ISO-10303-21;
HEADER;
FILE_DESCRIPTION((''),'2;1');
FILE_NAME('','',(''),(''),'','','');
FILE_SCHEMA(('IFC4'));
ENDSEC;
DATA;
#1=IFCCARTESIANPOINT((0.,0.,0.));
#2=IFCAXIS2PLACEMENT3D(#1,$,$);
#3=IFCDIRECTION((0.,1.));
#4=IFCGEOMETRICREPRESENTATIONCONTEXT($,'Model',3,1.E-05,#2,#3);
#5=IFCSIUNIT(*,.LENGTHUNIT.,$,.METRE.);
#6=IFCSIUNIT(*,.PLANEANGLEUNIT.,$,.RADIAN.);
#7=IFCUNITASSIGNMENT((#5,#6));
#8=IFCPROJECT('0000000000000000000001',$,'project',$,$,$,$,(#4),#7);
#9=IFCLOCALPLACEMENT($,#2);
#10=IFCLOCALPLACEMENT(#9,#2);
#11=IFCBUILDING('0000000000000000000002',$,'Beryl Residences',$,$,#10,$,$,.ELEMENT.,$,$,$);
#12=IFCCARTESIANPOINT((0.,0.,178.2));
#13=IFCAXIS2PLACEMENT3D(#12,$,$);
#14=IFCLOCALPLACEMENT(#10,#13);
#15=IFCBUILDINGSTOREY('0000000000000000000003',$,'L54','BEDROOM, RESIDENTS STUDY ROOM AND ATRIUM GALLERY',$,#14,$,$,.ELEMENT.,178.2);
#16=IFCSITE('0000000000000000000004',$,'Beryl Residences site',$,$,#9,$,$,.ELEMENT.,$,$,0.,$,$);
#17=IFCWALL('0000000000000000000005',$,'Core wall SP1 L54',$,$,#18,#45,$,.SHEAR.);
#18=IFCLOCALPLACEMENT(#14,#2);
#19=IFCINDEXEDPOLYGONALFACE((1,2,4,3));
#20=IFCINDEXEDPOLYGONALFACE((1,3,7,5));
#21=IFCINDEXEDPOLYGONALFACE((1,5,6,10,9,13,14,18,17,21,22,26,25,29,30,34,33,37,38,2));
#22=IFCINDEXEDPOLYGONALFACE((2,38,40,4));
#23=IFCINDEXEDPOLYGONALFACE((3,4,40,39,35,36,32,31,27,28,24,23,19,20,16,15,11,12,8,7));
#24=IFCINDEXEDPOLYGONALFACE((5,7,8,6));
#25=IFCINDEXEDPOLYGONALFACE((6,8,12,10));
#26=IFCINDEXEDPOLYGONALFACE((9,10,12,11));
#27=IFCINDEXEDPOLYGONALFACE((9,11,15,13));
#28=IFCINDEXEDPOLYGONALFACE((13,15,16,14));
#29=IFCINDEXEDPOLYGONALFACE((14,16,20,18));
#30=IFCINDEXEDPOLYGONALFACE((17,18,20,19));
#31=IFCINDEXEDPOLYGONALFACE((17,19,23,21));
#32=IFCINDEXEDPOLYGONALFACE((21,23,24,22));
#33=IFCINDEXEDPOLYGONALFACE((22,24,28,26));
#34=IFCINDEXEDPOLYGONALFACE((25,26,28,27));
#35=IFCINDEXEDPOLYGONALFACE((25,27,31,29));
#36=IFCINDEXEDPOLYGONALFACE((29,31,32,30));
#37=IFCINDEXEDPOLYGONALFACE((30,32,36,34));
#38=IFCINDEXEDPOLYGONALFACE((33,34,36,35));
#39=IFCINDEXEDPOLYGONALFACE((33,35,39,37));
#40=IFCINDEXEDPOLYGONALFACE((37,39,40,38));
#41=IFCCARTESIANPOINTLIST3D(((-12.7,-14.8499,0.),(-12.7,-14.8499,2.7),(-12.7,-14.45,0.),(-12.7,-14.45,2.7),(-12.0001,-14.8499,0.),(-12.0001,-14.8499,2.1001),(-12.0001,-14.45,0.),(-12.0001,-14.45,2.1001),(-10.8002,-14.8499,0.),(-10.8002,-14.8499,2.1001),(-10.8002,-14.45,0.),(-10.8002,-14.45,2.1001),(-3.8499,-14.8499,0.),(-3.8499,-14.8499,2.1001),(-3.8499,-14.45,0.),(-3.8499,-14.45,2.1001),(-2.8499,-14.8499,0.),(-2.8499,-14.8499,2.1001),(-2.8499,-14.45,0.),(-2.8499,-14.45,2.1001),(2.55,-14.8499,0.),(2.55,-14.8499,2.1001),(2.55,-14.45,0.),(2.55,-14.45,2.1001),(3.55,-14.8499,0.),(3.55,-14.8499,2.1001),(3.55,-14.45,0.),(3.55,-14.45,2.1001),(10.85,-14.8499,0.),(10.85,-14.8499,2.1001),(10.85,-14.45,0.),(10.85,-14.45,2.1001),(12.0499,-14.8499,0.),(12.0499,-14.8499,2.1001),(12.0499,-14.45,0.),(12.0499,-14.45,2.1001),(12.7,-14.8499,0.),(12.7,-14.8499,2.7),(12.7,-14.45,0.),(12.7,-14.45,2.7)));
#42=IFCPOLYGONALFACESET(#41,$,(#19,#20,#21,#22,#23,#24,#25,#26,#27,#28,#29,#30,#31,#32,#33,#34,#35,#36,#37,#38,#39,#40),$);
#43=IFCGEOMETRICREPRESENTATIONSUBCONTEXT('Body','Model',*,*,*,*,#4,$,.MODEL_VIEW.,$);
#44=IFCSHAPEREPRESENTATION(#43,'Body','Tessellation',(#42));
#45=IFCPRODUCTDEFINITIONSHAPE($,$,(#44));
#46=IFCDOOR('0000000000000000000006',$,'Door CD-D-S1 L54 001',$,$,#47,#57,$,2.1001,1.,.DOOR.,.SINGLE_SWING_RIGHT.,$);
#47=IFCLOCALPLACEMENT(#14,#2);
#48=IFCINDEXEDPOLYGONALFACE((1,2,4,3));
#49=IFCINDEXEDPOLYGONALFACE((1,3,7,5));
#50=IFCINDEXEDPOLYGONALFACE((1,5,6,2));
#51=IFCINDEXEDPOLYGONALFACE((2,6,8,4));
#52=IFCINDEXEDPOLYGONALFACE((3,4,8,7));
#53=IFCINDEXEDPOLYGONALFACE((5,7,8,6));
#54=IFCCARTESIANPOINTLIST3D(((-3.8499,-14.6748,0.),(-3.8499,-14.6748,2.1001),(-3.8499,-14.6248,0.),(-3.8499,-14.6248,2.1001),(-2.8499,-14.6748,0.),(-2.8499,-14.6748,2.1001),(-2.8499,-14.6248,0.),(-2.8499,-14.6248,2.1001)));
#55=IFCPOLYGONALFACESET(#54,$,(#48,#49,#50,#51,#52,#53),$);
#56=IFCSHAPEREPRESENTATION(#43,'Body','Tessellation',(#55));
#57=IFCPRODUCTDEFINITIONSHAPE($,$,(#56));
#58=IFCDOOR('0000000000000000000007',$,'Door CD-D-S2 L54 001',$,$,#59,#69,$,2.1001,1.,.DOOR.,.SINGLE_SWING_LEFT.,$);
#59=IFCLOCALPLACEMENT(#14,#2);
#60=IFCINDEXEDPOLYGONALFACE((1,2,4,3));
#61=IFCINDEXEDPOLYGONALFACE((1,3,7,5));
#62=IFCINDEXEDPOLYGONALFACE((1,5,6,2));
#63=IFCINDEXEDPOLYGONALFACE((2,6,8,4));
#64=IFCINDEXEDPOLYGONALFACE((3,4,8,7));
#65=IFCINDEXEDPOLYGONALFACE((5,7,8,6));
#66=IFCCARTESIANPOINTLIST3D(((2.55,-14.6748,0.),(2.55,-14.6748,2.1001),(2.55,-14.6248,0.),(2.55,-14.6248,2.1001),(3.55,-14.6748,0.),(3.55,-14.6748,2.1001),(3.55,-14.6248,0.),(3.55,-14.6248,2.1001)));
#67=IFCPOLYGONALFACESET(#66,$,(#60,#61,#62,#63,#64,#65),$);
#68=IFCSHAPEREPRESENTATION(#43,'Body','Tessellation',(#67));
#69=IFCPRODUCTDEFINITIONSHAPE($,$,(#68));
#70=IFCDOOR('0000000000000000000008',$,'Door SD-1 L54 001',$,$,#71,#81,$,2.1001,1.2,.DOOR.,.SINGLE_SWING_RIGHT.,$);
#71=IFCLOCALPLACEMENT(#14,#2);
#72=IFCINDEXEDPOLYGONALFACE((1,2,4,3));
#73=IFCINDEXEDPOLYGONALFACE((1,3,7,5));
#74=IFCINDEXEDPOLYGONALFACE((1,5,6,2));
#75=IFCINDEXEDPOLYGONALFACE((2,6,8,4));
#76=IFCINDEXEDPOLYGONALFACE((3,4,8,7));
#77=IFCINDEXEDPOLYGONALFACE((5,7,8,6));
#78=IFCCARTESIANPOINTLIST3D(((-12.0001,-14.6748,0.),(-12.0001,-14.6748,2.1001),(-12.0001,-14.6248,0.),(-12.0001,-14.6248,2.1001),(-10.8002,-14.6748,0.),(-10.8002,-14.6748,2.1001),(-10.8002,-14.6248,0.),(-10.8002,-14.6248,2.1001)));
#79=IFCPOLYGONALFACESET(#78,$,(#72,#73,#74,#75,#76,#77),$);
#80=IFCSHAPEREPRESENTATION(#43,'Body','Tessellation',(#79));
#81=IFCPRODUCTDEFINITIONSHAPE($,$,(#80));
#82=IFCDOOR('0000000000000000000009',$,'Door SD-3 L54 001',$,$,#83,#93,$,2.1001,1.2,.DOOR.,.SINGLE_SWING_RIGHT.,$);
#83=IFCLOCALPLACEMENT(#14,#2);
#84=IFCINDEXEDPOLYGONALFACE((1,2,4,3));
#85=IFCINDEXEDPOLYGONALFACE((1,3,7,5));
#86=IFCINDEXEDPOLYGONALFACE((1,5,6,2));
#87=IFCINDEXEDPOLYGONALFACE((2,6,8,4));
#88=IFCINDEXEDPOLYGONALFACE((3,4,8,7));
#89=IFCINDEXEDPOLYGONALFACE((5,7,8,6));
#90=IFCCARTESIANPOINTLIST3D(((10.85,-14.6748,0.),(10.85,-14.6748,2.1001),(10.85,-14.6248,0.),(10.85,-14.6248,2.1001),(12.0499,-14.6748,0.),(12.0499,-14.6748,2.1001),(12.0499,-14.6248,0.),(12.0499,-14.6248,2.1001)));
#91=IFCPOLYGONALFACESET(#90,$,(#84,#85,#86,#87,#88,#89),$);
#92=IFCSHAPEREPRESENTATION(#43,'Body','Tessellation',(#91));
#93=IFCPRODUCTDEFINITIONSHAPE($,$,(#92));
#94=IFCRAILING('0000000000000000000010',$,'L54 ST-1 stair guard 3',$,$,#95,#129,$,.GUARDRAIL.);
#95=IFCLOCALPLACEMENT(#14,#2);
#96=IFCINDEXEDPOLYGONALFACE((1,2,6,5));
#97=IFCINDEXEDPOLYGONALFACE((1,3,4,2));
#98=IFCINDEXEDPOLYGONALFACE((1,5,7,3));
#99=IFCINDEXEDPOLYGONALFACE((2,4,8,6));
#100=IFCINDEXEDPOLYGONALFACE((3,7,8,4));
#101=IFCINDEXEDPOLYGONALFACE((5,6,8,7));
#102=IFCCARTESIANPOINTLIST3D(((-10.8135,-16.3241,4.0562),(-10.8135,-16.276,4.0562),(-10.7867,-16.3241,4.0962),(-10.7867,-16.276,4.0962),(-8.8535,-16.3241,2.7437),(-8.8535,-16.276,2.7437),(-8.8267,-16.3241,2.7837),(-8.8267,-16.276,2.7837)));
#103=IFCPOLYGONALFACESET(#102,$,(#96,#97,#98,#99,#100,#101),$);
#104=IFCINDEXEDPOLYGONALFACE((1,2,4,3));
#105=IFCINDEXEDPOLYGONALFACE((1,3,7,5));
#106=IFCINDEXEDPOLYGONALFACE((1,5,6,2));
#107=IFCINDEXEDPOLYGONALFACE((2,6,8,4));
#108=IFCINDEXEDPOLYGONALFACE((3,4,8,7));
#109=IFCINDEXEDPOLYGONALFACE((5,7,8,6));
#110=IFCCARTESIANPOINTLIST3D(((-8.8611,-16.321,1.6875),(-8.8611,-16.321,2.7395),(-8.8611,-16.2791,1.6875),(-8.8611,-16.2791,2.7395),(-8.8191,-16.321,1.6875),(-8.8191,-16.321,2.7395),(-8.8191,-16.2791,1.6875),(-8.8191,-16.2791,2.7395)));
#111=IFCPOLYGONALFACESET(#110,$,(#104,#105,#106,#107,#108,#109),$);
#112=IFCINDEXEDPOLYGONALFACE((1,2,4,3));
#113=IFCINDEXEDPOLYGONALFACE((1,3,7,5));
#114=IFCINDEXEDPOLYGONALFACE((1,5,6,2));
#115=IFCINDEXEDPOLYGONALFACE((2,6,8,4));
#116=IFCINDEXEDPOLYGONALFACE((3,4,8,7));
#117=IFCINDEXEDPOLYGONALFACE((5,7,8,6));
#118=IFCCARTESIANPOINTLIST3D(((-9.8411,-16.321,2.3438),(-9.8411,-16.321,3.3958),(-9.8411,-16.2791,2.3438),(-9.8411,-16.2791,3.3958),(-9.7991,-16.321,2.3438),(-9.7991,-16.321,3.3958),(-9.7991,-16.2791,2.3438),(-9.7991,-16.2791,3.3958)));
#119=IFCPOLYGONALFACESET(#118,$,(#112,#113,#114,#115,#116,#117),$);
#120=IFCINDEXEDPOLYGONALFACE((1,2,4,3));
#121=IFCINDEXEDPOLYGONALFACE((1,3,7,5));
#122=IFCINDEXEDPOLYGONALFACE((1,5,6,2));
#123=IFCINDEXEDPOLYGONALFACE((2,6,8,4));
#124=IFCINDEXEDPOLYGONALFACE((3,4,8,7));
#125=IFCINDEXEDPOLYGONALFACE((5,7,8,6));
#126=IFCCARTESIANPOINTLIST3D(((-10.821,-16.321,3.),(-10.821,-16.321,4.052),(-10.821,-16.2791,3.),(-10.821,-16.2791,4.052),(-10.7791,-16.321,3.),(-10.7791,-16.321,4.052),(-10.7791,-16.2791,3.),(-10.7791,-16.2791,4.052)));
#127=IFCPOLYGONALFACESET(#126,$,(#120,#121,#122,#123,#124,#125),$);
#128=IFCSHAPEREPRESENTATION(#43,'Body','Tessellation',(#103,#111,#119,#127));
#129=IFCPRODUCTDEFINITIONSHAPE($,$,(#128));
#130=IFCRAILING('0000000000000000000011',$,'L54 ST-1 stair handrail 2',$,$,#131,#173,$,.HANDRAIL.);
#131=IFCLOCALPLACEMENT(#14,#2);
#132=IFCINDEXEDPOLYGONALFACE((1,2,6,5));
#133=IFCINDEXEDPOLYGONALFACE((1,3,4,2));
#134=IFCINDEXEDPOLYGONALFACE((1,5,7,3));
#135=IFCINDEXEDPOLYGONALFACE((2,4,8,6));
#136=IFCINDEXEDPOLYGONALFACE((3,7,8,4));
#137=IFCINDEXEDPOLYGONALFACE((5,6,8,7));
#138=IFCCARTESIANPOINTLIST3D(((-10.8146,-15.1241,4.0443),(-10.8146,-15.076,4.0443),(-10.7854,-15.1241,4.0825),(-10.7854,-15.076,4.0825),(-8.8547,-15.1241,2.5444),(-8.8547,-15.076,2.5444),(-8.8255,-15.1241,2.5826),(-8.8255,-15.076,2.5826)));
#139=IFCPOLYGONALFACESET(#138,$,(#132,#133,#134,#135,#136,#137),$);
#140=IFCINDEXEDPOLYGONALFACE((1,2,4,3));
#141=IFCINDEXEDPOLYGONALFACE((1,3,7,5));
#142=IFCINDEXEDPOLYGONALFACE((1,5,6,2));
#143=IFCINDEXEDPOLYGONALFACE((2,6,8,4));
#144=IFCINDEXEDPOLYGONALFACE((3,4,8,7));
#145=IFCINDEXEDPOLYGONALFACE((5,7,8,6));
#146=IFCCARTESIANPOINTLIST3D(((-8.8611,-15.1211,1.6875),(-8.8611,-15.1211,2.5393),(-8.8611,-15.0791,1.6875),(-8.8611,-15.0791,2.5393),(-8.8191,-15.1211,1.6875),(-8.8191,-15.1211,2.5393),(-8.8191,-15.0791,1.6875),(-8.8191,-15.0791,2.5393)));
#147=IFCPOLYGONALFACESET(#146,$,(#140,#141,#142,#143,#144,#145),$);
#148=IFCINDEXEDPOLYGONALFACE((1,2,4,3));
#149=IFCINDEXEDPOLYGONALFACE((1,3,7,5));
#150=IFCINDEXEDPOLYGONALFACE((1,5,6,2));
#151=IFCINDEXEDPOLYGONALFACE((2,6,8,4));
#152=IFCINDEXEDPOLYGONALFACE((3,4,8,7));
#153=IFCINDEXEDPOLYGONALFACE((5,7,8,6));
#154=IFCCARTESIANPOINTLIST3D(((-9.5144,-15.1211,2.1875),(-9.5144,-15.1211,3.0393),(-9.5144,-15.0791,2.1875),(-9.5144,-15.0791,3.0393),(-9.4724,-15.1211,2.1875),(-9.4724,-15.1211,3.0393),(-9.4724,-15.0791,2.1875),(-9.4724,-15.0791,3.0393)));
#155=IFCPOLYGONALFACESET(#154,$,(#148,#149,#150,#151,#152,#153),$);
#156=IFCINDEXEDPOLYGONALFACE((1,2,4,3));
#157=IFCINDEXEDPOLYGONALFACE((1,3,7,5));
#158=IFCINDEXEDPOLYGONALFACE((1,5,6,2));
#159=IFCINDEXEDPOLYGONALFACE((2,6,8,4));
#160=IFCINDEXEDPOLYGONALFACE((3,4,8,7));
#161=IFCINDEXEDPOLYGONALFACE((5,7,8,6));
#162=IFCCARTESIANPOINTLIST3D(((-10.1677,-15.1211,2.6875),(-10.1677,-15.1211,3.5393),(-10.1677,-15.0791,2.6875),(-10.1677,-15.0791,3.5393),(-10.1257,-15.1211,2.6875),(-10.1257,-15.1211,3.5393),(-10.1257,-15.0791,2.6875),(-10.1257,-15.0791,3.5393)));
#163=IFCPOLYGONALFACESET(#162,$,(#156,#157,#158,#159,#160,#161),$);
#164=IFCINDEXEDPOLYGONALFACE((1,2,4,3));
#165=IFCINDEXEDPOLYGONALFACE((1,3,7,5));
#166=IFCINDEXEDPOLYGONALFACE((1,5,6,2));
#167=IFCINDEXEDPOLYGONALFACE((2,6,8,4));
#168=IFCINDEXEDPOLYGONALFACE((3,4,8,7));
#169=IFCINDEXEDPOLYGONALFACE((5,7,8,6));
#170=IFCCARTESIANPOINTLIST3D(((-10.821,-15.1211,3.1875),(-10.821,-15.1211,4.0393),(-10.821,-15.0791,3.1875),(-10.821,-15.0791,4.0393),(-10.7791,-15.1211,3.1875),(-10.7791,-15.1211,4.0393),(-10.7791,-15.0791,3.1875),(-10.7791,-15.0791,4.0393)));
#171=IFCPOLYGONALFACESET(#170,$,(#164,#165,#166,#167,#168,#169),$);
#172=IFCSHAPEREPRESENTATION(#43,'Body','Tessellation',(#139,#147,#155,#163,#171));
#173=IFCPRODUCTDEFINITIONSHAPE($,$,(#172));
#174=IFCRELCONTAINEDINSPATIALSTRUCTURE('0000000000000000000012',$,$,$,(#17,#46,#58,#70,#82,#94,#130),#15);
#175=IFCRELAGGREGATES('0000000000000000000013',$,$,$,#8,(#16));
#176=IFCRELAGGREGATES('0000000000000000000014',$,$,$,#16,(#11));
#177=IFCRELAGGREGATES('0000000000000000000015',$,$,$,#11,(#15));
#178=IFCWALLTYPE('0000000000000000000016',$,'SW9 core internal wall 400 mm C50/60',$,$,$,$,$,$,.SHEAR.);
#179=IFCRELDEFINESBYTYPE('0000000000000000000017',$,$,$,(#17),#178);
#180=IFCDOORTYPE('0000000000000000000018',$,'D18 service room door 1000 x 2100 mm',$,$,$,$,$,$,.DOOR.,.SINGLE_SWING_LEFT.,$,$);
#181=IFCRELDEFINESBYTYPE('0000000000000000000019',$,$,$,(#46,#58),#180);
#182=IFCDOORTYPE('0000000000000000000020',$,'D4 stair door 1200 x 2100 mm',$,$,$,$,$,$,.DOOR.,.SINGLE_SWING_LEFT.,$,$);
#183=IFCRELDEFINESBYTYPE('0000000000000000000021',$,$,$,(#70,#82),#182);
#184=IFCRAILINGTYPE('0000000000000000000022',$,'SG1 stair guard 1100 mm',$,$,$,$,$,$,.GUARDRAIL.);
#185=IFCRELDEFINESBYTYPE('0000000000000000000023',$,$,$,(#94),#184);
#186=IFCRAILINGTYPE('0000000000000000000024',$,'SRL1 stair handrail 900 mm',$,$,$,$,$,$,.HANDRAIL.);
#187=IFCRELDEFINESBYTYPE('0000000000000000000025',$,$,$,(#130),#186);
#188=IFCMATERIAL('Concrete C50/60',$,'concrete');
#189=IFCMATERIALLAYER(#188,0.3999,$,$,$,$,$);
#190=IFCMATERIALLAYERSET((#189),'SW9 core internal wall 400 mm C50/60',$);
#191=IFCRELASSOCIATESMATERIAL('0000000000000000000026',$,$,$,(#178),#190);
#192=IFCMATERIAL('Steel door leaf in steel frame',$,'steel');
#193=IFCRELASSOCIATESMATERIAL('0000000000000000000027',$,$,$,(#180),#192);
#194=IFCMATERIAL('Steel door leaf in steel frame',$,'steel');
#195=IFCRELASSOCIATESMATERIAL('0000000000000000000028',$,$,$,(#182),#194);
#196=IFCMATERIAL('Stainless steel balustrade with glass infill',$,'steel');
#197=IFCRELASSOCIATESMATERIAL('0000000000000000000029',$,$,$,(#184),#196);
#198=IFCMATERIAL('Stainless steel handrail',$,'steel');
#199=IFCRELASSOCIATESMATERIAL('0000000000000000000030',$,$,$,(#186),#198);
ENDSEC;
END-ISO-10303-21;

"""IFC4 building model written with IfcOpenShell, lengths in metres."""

from ifc_helpers import new_model, si_unit, direction, frame, frame_2d, origin, origin_2d, place, context, subcontext, project, spatial, rectangle, extrude, material, layer, layer_set, type_object, element, fill, save


model = new_model("IFC4")

# Units and contexts
model_context = context("Model", 3, precision=1e-05, world=origin(), true_north=direction((0.0, 1.0)))
body_context = subcontext(model_context, "Body", "Model", "MODEL_VIEW")
ifc_project = project(units=[si_unit("LENGTHUNIT", "METRE"), si_unit("PLANEANGLEUNIT", "RADIAN")], contexts=[model_context])

# Site, building, storey
site_placement = place(None, origin())
site = spatial("IfcSite", under=ifc_project, at=site_placement, Name="Beryl Residences site", CompositionType="ELEMENT", RefElevation=0.0)
building_placement = place(site_placement, origin())
building = spatial("IfcBuilding", under=site, at=building_placement, Name="Beryl Residences", CompositionType="ELEMENT")
storey_placement = place(building_placement, frame((0.0, 0.0, 178.2)))
storey = spatial("IfcBuildingStorey", under=building, at=storey_placement, Name="L54", Description="BEDROOM, RESIDENTS STUDY ROOM AND ATRIUM GALLERY", CompositionType="ELEMENT", Elevation=178.2)

# Wall, openings, doors
ifc_material_1 = material(Name="Concrete C50/60", Category="concrete")
ifc_layer_1 = layer(ifc_material_1, 0.3999)
ifc_layer_set_1 = layer_set([ifc_layer_1], Name="SW9 core internal wall 400 mm C50/60")
wall_type_1 = type_object("IfcWallType", Name="SW9 core internal wall 400 mm C50/60", PredefinedType="SHEAR", material=ifc_layer_set_1)
wall_1_placement = place(storey_placement, frame((-12.7, -14.6499, 0.0), z_axis=(0.0, 0.0, 1.0), x_axis=(1.0, 0.0, 0.0)))
wall_1 = element("IfcWall", 1, at=wall_1_placement, inside=storey, type_object=wall_type_1, Name="Core wall SP1 L54", PredefinedType="SHEAR", context=body_context, shape_type="SweptSolid", body=[
    extrude(rectangle(XDim=25.3999, YDim=0.3999, at=frame_2d((12.7, 0.0))), origin(), (0.0, 0.0, 1.0), 2.7),
])
opening_1_placement = place(wall_1_placement, frame((1.8999, 0.0, 0.0), z_axis=(0.0, 0.0, 1.0), x_axis=(-1.0, 0.0, 0.0)))
opening_1 = element("IfcOpeningElement", 2, at=opening_1_placement, cuts=wall_1, PredefinedType="OPENING", context=body_context, shape_type="SweptSolid", body=[
    extrude(rectangle(XDim=1.2, YDim=2.1001, at=frame_2d((0.6001, 1.05))), frame((0.0, 0.21, 0.0), z_axis=(0.0, -1.0, 0.0), x_axis=(1.0, 0.0, 0.0)), (0.0, 0.0, 1.0), 0.4199),
])
opening_2_placement = place(wall_1_placement, frame((24.75, 0.0, 0.0), z_axis=(0.0, 0.0, 1.0), x_axis=(-1.0, 0.0, 0.0)))
opening_2 = element("IfcOpeningElement", 3, at=opening_2_placement, cuts=wall_1, PredefinedType="OPENING", context=body_context, shape_type="SweptSolid", body=[
    extrude(rectangle(XDim=1.2, YDim=2.1001, at=frame_2d((0.6001, 1.05))), frame((0.0, 0.21, 0.0), z_axis=(0.0, -1.0, 0.0), x_axis=(1.0, 0.0, 0.0)), (0.0, 0.0, 1.0), 0.4199),
])
opening_3_placement = place(wall_1_placement, frame((9.8501, 0.0, 0.0), z_axis=(0.0, 0.0, 1.0), x_axis=(-1.0, 0.0, 0.0)))
opening_3 = element("IfcOpeningElement", 4, at=opening_3_placement, cuts=wall_1, PredefinedType="OPENING", context=body_context, shape_type="SweptSolid", body=[
    extrude(rectangle(XDim=1.0, YDim=2.1001, at=frame_2d((0.5, 1.05))), frame((0.0, 0.21, 0.0), z_axis=(0.0, -1.0, 0.0), x_axis=(1.0, 0.0, 0.0)), (0.0, 0.0, 1.0), 0.4199),
])
opening_4_placement = place(wall_1_placement, frame((16.25, 0.0, 0.0), z_axis=(0.0, 0.0, 1.0), x_axis=(-1.0, 0.0, 0.0)))
opening_4 = element("IfcOpeningElement", 5, at=opening_4_placement, cuts=wall_1, PredefinedType="OPENING", context=body_context, shape_type="SweptSolid", body=[
    extrude(rectangle(XDim=1.0, YDim=2.1001, at=frame_2d((0.5, 1.05))), frame((0.0, 0.21, 0.0), z_axis=(0.0, -1.0, 0.0), x_axis=(1.0, 0.0, 0.0)), (0.0, 0.0, 1.0), 0.4199),
])
ifc_material_2 = material(Name="Steel door leaf in steel frame", Category="steel")
door_type_1 = type_object("IfcDoorType", Name="D18 service room door 1000 x 2100 mm", OperationType="SINGLE_SWING_LEFT", PredefinedType="DOOR", material=ifc_material_2)
door_1_placement = place(opening_3_placement, origin())
door_1 = element("IfcDoor", 6, at=door_1_placement, inside=storey, type_object=door_type_1, Name="Door CD-D-S1 L54 001", OperationType="SINGLE_SWING_RIGHT", OverallHeight=2.1001, OverallWidth=1.0, PredefinedType="DOOR", context=body_context, shape_type="SweptSolid", body=[
    extrude(rectangle(XDim=1.0, YDim=2.1001, at=frame_2d((0.5, 1.05))), frame((0.0, 0.0249, 0.0), z_axis=(0.0, -1.0, 0.0), x_axis=(1.0, 0.0, 0.0)), (0.0, 0.0, 1.0), 0.05),
])
fill(opening_3, door_1)
door_2_placement = place(opening_4_placement, origin())
door_2 = element("IfcDoor", 7, at=door_2_placement, inside=storey, type_object=door_type_1, Name="Door CD-D-S2 L54 001", OperationType="SINGLE_SWING_LEFT", OverallHeight=2.1001, OverallWidth=1.0, PredefinedType="DOOR", context=body_context, shape_type="SweptSolid", body=[
    extrude(rectangle(XDim=1.0, YDim=2.1001, at=frame_2d((0.5, 1.05))), frame((0.0, 0.0249, 0.0), z_axis=(0.0, -1.0, 0.0), x_axis=(1.0, 0.0, 0.0)), (0.0, 0.0, 1.0), 0.05),
])
fill(opening_4, door_2)
ifc_material_3 = material(Name="Steel door leaf in steel frame", Category="steel")
door_type_2 = type_object("IfcDoorType", Name="D4 stair door 1200 x 2100 mm", OperationType="SINGLE_SWING_LEFT", PredefinedType="DOOR", material=ifc_material_3)
door_3_placement = place(opening_1_placement, origin())
door_3 = element("IfcDoor", 8, at=door_3_placement, inside=storey, type_object=door_type_2, Name="Door SD-1 L54 001", OperationType="SINGLE_SWING_RIGHT", OverallHeight=2.1001, OverallWidth=1.2, PredefinedType="DOOR", context=body_context, shape_type="SweptSolid", body=[
    extrude(rectangle(XDim=1.2, YDim=2.1001, at=frame_2d((0.6001, 1.05))), frame((0.0, 0.0249, 0.0), z_axis=(0.0, -1.0, 0.0), x_axis=(1.0, 0.0, 0.0)), (0.0, 0.0, 1.0), 0.05),
])
fill(opening_1, door_3)
door_4_placement = place(opening_2_placement, origin())
door_4 = element("IfcDoor", 9, at=door_4_placement, inside=storey, type_object=door_type_2, Name="Door SD-3 L54 001", OperationType="SINGLE_SWING_RIGHT", OverallHeight=2.1001, OverallWidth=1.2, PredefinedType="DOOR", context=body_context, shape_type="SweptSolid", body=[
    extrude(rectangle(XDim=1.2, YDim=2.1001, at=frame_2d((0.6001, 1.05))), frame((0.0, 0.0249, 0.0), z_axis=(0.0, -1.0, 0.0), x_axis=(1.0, 0.0, 0.0)), (0.0, 0.0, 1.0), 0.05),
])
fill(opening_2, door_4)

# Railings
ifc_material_4 = material(Name="Stainless steel balustrade with glass infill", Category="steel")
railing_type_1 = type_object("IfcRailingType", Name="SG1 stair guard 1100 mm", PredefinedType="GUARDRAIL", material=ifc_material_4)
railing_1_placement = place(storey_placement, frame((-8.8401, -16.3, 1.6875)))
element("IfcRailing", 10, at=railing_1_placement, inside=storey, type_object=railing_type_1, Name="L54 ST-1 stair guard 3", PredefinedType="GUARDRAIL", context=body_context, shape_type="SweptSolid", body=[
    extrude(rectangle(XDim=0.0481, YDim=0.0481, at=origin_2d()), frame((0.0, 0.0, 1.0762), z_axis=(-0.830902, 0.0, 0.556419), x_axis=(0.0, -1.0, 0.0)), (0.0, 0.0, 1.0), 2.3589),
    extrude(rectangle(XDim=0.042, YDim=0.042, at=origin_2d()), origin(), (0.0, 0.0, 1.0), 1.052),
    extrude(rectangle(XDim=0.042, YDim=0.042, at=origin_2d()), frame((-0.98, 0.0, 0.6562)), (0.0, 0.0, 1.0), 1.052),
    extrude(rectangle(XDim=0.042, YDim=0.042, at=origin_2d()), frame((-1.96, 0.0, 1.3125)), (0.0, 0.0, 1.0), 1.052),
])
ifc_material_5 = material(Name="Stainless steel handrail", Category="steel")
railing_type_2 = type_object("IfcRailingType", Name="SRL1 stair handrail 900 mm", PredefinedType="HANDRAIL", material=ifc_material_5)
railing_2_placement = place(storey_placement, frame((-8.8401, -15.1001, 1.6875)))
element("IfcRailing", 11, at=railing_2_placement, inside=storey, type_object=railing_type_2, Name="L54 ST-1 stair handrail 2", PredefinedType="HANDRAIL", context=body_context, shape_type="SweptSolid", body=[
    extrude(rectangle(XDim=0.0481, YDim=0.0481, at=origin_2d()), frame((0.0, 0.0, 0.876), z_axis=(-0.794122, 0.0, 0.607758), x_axis=(0.0, -1.0, 0.0)), (0.0, 0.0, 1.0), 2.468),
    extrude(rectangle(XDim=0.042, YDim=0.042, at=origin_2d()), origin(), (0.0, 0.0, 1.0), 0.8518),
    extrude(rectangle(XDim=0.042, YDim=0.042, at=origin_2d()), frame((-0.6533, 0.0, 0.5)), (0.0, 0.0, 1.0), 0.8518),
    extrude(rectangle(XDim=0.042, YDim=0.042, at=origin_2d()), frame((-1.3066, 0.0, 1.0)), (0.0, 0.0, 1.0), 0.8518),
    extrude(rectangle(XDim=0.042, YDim=0.042, at=origin_2d()), frame((-1.96, 0.0, 1.5)), (0.0, 0.0, 1.0), 0.8518),
])

save(model, "model.ifc")
